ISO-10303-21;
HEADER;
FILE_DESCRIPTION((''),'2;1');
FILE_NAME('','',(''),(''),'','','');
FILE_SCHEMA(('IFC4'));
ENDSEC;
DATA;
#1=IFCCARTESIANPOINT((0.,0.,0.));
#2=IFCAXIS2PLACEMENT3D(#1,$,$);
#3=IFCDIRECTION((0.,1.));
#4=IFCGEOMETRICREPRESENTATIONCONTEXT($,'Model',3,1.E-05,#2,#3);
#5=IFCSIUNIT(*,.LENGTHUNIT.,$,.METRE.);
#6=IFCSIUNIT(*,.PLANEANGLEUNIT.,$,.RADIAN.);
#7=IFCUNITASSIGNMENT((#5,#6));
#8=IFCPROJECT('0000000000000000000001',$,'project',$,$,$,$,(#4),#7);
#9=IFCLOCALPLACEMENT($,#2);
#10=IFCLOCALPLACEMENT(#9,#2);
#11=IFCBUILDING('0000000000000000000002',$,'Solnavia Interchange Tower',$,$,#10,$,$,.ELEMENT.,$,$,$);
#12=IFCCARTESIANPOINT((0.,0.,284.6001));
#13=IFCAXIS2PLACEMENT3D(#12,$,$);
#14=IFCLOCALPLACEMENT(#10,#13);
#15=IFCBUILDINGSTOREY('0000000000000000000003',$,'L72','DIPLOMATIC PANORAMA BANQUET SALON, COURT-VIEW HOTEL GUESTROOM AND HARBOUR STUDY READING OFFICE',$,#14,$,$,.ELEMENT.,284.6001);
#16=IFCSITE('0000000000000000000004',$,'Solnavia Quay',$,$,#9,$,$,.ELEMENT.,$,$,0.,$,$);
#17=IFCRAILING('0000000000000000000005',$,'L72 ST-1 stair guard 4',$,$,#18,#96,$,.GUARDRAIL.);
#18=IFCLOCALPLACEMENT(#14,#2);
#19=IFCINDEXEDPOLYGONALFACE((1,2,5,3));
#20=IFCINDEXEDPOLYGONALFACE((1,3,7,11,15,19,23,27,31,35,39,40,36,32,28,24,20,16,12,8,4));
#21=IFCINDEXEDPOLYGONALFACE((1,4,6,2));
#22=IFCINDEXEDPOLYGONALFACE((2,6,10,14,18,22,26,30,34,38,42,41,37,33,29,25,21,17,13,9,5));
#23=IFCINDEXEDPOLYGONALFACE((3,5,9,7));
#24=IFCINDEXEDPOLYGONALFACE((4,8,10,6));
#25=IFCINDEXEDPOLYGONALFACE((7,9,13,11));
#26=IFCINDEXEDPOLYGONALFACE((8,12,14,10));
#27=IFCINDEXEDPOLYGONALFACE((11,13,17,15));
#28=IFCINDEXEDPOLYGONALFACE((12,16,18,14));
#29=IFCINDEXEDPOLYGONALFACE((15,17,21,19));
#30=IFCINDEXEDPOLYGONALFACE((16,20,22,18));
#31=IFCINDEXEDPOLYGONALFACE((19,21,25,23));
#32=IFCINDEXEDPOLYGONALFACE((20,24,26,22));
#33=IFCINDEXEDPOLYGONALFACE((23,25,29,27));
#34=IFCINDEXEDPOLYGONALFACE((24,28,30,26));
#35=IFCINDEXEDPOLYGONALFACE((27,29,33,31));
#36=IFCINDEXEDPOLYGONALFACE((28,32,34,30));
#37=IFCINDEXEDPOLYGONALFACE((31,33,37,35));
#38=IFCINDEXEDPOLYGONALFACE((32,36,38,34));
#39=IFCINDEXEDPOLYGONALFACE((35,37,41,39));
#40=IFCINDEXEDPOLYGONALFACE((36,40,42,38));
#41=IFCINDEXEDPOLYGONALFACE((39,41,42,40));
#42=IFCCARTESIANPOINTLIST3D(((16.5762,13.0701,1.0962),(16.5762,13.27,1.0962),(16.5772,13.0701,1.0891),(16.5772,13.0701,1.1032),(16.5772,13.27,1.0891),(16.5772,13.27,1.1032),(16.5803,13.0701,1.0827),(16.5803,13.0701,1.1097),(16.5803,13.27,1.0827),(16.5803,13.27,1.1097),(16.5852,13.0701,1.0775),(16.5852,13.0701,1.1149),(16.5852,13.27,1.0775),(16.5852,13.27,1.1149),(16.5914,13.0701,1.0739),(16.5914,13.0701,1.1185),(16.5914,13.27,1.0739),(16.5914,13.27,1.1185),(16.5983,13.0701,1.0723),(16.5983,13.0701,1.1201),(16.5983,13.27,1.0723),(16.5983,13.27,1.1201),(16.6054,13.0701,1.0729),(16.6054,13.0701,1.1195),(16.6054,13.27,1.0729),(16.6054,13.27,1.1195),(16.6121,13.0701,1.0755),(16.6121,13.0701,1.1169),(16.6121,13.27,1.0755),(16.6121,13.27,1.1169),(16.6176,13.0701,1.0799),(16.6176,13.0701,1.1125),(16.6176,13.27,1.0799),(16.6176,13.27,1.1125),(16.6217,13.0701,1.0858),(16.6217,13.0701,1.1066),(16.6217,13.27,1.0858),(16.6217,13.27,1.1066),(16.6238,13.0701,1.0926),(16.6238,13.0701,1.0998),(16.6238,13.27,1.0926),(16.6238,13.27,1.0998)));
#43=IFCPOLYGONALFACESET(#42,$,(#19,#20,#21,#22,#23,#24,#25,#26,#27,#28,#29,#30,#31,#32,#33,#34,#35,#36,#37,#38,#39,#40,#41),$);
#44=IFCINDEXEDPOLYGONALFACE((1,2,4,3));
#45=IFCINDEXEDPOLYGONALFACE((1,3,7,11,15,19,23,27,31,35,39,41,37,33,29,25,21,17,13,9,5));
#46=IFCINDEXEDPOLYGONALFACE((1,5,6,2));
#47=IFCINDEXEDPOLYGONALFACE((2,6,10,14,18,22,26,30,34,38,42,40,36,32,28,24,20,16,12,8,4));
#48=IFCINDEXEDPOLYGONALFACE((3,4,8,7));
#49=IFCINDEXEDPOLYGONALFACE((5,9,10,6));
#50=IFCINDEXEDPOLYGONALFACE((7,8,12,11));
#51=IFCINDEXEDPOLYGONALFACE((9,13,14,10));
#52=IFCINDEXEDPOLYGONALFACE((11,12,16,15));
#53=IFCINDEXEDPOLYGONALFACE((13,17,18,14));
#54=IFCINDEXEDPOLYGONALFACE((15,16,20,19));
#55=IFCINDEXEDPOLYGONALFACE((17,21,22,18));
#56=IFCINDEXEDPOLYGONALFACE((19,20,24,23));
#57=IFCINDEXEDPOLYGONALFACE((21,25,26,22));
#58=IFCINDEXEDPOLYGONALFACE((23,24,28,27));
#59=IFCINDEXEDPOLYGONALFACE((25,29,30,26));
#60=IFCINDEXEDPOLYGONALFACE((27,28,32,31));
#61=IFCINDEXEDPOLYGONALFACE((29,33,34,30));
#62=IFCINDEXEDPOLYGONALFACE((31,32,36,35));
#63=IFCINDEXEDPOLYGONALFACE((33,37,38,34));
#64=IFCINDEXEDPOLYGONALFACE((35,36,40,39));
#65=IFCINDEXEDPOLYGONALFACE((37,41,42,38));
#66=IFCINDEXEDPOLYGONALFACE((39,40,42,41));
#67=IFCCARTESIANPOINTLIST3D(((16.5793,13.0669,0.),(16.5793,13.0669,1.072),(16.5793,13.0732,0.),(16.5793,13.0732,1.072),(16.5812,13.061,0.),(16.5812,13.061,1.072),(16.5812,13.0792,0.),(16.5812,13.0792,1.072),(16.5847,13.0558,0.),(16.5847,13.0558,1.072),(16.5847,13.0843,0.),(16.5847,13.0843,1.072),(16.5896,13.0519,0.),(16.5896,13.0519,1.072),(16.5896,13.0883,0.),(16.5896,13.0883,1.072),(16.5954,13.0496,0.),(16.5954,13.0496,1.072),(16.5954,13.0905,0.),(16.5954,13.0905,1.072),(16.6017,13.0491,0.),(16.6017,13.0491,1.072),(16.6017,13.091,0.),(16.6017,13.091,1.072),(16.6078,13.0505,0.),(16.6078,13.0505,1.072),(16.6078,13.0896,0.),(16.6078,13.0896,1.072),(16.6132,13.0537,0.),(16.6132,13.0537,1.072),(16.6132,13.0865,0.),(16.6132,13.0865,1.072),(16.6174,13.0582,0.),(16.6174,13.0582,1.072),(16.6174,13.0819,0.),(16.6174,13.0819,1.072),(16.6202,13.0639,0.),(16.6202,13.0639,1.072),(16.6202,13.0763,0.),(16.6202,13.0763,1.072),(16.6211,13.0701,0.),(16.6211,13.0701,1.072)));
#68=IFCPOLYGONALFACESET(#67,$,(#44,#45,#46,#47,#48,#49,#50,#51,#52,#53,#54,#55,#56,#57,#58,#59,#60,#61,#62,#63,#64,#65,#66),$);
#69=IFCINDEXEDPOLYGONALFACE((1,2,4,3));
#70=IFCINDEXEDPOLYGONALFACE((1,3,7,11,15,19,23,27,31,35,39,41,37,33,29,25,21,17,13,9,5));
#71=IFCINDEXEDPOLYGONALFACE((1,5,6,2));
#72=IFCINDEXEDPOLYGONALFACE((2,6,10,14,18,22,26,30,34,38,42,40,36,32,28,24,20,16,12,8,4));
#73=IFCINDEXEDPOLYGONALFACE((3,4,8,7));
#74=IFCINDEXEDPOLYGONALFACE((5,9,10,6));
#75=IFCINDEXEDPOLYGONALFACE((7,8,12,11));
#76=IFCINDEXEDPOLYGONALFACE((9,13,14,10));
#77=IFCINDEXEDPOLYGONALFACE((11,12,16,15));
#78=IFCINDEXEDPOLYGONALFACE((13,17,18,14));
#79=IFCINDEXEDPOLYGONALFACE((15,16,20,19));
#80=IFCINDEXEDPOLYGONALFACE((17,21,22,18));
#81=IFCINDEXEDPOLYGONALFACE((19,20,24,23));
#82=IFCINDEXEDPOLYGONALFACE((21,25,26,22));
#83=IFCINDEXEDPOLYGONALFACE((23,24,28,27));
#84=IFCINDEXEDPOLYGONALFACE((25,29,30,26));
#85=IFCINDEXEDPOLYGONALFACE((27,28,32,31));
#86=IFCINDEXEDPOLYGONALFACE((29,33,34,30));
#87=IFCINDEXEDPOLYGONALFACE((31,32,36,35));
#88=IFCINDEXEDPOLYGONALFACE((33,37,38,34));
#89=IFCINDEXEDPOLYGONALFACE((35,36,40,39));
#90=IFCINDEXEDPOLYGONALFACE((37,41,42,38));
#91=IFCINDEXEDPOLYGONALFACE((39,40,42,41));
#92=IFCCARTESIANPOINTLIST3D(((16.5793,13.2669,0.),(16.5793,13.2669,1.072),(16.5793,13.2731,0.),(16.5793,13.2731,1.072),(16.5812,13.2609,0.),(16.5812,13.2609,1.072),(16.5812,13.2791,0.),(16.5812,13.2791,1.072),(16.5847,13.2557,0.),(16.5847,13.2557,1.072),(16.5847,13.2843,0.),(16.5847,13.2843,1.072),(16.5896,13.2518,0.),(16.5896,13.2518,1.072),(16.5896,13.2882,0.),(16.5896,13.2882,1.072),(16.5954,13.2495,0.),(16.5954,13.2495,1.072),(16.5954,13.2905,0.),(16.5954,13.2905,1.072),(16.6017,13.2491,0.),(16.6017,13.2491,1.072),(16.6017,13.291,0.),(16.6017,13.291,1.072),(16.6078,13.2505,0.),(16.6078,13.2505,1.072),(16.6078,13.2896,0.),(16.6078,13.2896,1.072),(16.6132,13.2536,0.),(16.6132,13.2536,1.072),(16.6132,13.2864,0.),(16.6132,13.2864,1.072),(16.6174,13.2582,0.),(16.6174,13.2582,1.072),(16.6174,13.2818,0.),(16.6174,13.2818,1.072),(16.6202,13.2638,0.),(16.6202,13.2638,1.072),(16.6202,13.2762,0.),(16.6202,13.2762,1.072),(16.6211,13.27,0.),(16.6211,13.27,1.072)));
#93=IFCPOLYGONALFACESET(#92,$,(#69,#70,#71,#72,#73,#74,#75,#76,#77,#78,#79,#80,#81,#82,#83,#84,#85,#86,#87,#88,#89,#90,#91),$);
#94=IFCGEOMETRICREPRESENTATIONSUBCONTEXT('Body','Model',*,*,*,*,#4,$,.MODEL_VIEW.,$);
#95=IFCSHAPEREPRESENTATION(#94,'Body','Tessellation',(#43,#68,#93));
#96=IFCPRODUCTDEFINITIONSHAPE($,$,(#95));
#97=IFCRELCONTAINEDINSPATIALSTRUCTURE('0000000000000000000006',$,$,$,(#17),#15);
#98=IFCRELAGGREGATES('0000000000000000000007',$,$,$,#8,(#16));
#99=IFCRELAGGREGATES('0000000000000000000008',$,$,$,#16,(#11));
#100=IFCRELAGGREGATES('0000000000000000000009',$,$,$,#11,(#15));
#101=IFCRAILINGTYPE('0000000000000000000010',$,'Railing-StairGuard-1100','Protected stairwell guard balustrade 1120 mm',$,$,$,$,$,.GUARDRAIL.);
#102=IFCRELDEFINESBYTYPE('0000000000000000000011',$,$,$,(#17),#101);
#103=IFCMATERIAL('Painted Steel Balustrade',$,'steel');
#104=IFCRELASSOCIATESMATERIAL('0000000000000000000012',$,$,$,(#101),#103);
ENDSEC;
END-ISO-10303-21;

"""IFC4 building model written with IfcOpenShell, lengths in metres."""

from ifc_helpers import new_model, si_unit, direction, frame, origin, origin_2d, place, context, subcontext, project, spatial, circle, extrude, material, type_object, element, save


model = new_model("IFC4")

# Units and contexts
model_context = context("Model", 3, precision=1e-05, world=origin(), true_north=direction((0.0, 1.0)))
body_context = subcontext(model_context, "Body", "Model", "MODEL_VIEW")
ifc_project = project(units=[si_unit("LENGTHUNIT", "METRE"), si_unit("PLANEANGLEUNIT", "RADIAN")], contexts=[model_context])

# Site, building, storey
site_placement = place(None, origin())
site = spatial("IfcSite", under=ifc_project, at=site_placement, Name="Solnavia Quay", CompositionType="ELEMENT", RefElevation=0.0)
building_placement = place(site_placement, origin())
building = spatial("IfcBuilding", under=site, at=building_placement, Name="Solnavia Interchange Tower", CompositionType="ELEMENT")
storey_placement = place(building_placement, frame((0.0, 0.0, 284.6001)))
storey = spatial("IfcBuildingStorey", under=building, at=storey_placement, Name="L72", Description="DIPLOMATIC PANORAMA BANQUET SALON, COURT-VIEW HOTEL GUESTROOM AND HARBOUR STUDY READING OFFICE", CompositionType="ELEMENT", Elevation=284.6001)

# Railing
ifc_material_1 = material(Name="Painted Steel Balustrade", Category="steel")
railing_type_1 = type_object("IfcRailingType", Name="Railing-StairGuard-1100", Description="Protected stairwell guard balustrade 1120 mm", PredefinedType="GUARDRAIL", material=ifc_material_1)
railing_1_placement = place(storey_placement, frame((16.6001, 13.0701, 0.0)))
element("IfcRailing", 1, at=railing_1_placement, inside=storey, type_object=railing_type_1, Name="L72 ST-1 stair guard 4", PredefinedType="GUARDRAIL", context=body_context, shape_type="SweptSolid", body=[
    extrude(circle(Radius=0.0239, at=origin_2d()), frame((0.0, 0.0, 1.0962), z_axis=(0.0, 1.0, 0.0), x_axis=(-1.0, 0.0, 0.0)), (0.0, 0.0, 1.0), 0.2),
    extrude(circle(Radius=0.021, at=origin_2d()), origin(), (0.0, 0.0, 1.0), 1.072),
    extrude(circle(Radius=0.021, at=origin_2d()), frame((0.0, 0.2, 0.0)), (0.0, 0.0, 1.0), 1.072),
])

save(model, "model.ifc")
